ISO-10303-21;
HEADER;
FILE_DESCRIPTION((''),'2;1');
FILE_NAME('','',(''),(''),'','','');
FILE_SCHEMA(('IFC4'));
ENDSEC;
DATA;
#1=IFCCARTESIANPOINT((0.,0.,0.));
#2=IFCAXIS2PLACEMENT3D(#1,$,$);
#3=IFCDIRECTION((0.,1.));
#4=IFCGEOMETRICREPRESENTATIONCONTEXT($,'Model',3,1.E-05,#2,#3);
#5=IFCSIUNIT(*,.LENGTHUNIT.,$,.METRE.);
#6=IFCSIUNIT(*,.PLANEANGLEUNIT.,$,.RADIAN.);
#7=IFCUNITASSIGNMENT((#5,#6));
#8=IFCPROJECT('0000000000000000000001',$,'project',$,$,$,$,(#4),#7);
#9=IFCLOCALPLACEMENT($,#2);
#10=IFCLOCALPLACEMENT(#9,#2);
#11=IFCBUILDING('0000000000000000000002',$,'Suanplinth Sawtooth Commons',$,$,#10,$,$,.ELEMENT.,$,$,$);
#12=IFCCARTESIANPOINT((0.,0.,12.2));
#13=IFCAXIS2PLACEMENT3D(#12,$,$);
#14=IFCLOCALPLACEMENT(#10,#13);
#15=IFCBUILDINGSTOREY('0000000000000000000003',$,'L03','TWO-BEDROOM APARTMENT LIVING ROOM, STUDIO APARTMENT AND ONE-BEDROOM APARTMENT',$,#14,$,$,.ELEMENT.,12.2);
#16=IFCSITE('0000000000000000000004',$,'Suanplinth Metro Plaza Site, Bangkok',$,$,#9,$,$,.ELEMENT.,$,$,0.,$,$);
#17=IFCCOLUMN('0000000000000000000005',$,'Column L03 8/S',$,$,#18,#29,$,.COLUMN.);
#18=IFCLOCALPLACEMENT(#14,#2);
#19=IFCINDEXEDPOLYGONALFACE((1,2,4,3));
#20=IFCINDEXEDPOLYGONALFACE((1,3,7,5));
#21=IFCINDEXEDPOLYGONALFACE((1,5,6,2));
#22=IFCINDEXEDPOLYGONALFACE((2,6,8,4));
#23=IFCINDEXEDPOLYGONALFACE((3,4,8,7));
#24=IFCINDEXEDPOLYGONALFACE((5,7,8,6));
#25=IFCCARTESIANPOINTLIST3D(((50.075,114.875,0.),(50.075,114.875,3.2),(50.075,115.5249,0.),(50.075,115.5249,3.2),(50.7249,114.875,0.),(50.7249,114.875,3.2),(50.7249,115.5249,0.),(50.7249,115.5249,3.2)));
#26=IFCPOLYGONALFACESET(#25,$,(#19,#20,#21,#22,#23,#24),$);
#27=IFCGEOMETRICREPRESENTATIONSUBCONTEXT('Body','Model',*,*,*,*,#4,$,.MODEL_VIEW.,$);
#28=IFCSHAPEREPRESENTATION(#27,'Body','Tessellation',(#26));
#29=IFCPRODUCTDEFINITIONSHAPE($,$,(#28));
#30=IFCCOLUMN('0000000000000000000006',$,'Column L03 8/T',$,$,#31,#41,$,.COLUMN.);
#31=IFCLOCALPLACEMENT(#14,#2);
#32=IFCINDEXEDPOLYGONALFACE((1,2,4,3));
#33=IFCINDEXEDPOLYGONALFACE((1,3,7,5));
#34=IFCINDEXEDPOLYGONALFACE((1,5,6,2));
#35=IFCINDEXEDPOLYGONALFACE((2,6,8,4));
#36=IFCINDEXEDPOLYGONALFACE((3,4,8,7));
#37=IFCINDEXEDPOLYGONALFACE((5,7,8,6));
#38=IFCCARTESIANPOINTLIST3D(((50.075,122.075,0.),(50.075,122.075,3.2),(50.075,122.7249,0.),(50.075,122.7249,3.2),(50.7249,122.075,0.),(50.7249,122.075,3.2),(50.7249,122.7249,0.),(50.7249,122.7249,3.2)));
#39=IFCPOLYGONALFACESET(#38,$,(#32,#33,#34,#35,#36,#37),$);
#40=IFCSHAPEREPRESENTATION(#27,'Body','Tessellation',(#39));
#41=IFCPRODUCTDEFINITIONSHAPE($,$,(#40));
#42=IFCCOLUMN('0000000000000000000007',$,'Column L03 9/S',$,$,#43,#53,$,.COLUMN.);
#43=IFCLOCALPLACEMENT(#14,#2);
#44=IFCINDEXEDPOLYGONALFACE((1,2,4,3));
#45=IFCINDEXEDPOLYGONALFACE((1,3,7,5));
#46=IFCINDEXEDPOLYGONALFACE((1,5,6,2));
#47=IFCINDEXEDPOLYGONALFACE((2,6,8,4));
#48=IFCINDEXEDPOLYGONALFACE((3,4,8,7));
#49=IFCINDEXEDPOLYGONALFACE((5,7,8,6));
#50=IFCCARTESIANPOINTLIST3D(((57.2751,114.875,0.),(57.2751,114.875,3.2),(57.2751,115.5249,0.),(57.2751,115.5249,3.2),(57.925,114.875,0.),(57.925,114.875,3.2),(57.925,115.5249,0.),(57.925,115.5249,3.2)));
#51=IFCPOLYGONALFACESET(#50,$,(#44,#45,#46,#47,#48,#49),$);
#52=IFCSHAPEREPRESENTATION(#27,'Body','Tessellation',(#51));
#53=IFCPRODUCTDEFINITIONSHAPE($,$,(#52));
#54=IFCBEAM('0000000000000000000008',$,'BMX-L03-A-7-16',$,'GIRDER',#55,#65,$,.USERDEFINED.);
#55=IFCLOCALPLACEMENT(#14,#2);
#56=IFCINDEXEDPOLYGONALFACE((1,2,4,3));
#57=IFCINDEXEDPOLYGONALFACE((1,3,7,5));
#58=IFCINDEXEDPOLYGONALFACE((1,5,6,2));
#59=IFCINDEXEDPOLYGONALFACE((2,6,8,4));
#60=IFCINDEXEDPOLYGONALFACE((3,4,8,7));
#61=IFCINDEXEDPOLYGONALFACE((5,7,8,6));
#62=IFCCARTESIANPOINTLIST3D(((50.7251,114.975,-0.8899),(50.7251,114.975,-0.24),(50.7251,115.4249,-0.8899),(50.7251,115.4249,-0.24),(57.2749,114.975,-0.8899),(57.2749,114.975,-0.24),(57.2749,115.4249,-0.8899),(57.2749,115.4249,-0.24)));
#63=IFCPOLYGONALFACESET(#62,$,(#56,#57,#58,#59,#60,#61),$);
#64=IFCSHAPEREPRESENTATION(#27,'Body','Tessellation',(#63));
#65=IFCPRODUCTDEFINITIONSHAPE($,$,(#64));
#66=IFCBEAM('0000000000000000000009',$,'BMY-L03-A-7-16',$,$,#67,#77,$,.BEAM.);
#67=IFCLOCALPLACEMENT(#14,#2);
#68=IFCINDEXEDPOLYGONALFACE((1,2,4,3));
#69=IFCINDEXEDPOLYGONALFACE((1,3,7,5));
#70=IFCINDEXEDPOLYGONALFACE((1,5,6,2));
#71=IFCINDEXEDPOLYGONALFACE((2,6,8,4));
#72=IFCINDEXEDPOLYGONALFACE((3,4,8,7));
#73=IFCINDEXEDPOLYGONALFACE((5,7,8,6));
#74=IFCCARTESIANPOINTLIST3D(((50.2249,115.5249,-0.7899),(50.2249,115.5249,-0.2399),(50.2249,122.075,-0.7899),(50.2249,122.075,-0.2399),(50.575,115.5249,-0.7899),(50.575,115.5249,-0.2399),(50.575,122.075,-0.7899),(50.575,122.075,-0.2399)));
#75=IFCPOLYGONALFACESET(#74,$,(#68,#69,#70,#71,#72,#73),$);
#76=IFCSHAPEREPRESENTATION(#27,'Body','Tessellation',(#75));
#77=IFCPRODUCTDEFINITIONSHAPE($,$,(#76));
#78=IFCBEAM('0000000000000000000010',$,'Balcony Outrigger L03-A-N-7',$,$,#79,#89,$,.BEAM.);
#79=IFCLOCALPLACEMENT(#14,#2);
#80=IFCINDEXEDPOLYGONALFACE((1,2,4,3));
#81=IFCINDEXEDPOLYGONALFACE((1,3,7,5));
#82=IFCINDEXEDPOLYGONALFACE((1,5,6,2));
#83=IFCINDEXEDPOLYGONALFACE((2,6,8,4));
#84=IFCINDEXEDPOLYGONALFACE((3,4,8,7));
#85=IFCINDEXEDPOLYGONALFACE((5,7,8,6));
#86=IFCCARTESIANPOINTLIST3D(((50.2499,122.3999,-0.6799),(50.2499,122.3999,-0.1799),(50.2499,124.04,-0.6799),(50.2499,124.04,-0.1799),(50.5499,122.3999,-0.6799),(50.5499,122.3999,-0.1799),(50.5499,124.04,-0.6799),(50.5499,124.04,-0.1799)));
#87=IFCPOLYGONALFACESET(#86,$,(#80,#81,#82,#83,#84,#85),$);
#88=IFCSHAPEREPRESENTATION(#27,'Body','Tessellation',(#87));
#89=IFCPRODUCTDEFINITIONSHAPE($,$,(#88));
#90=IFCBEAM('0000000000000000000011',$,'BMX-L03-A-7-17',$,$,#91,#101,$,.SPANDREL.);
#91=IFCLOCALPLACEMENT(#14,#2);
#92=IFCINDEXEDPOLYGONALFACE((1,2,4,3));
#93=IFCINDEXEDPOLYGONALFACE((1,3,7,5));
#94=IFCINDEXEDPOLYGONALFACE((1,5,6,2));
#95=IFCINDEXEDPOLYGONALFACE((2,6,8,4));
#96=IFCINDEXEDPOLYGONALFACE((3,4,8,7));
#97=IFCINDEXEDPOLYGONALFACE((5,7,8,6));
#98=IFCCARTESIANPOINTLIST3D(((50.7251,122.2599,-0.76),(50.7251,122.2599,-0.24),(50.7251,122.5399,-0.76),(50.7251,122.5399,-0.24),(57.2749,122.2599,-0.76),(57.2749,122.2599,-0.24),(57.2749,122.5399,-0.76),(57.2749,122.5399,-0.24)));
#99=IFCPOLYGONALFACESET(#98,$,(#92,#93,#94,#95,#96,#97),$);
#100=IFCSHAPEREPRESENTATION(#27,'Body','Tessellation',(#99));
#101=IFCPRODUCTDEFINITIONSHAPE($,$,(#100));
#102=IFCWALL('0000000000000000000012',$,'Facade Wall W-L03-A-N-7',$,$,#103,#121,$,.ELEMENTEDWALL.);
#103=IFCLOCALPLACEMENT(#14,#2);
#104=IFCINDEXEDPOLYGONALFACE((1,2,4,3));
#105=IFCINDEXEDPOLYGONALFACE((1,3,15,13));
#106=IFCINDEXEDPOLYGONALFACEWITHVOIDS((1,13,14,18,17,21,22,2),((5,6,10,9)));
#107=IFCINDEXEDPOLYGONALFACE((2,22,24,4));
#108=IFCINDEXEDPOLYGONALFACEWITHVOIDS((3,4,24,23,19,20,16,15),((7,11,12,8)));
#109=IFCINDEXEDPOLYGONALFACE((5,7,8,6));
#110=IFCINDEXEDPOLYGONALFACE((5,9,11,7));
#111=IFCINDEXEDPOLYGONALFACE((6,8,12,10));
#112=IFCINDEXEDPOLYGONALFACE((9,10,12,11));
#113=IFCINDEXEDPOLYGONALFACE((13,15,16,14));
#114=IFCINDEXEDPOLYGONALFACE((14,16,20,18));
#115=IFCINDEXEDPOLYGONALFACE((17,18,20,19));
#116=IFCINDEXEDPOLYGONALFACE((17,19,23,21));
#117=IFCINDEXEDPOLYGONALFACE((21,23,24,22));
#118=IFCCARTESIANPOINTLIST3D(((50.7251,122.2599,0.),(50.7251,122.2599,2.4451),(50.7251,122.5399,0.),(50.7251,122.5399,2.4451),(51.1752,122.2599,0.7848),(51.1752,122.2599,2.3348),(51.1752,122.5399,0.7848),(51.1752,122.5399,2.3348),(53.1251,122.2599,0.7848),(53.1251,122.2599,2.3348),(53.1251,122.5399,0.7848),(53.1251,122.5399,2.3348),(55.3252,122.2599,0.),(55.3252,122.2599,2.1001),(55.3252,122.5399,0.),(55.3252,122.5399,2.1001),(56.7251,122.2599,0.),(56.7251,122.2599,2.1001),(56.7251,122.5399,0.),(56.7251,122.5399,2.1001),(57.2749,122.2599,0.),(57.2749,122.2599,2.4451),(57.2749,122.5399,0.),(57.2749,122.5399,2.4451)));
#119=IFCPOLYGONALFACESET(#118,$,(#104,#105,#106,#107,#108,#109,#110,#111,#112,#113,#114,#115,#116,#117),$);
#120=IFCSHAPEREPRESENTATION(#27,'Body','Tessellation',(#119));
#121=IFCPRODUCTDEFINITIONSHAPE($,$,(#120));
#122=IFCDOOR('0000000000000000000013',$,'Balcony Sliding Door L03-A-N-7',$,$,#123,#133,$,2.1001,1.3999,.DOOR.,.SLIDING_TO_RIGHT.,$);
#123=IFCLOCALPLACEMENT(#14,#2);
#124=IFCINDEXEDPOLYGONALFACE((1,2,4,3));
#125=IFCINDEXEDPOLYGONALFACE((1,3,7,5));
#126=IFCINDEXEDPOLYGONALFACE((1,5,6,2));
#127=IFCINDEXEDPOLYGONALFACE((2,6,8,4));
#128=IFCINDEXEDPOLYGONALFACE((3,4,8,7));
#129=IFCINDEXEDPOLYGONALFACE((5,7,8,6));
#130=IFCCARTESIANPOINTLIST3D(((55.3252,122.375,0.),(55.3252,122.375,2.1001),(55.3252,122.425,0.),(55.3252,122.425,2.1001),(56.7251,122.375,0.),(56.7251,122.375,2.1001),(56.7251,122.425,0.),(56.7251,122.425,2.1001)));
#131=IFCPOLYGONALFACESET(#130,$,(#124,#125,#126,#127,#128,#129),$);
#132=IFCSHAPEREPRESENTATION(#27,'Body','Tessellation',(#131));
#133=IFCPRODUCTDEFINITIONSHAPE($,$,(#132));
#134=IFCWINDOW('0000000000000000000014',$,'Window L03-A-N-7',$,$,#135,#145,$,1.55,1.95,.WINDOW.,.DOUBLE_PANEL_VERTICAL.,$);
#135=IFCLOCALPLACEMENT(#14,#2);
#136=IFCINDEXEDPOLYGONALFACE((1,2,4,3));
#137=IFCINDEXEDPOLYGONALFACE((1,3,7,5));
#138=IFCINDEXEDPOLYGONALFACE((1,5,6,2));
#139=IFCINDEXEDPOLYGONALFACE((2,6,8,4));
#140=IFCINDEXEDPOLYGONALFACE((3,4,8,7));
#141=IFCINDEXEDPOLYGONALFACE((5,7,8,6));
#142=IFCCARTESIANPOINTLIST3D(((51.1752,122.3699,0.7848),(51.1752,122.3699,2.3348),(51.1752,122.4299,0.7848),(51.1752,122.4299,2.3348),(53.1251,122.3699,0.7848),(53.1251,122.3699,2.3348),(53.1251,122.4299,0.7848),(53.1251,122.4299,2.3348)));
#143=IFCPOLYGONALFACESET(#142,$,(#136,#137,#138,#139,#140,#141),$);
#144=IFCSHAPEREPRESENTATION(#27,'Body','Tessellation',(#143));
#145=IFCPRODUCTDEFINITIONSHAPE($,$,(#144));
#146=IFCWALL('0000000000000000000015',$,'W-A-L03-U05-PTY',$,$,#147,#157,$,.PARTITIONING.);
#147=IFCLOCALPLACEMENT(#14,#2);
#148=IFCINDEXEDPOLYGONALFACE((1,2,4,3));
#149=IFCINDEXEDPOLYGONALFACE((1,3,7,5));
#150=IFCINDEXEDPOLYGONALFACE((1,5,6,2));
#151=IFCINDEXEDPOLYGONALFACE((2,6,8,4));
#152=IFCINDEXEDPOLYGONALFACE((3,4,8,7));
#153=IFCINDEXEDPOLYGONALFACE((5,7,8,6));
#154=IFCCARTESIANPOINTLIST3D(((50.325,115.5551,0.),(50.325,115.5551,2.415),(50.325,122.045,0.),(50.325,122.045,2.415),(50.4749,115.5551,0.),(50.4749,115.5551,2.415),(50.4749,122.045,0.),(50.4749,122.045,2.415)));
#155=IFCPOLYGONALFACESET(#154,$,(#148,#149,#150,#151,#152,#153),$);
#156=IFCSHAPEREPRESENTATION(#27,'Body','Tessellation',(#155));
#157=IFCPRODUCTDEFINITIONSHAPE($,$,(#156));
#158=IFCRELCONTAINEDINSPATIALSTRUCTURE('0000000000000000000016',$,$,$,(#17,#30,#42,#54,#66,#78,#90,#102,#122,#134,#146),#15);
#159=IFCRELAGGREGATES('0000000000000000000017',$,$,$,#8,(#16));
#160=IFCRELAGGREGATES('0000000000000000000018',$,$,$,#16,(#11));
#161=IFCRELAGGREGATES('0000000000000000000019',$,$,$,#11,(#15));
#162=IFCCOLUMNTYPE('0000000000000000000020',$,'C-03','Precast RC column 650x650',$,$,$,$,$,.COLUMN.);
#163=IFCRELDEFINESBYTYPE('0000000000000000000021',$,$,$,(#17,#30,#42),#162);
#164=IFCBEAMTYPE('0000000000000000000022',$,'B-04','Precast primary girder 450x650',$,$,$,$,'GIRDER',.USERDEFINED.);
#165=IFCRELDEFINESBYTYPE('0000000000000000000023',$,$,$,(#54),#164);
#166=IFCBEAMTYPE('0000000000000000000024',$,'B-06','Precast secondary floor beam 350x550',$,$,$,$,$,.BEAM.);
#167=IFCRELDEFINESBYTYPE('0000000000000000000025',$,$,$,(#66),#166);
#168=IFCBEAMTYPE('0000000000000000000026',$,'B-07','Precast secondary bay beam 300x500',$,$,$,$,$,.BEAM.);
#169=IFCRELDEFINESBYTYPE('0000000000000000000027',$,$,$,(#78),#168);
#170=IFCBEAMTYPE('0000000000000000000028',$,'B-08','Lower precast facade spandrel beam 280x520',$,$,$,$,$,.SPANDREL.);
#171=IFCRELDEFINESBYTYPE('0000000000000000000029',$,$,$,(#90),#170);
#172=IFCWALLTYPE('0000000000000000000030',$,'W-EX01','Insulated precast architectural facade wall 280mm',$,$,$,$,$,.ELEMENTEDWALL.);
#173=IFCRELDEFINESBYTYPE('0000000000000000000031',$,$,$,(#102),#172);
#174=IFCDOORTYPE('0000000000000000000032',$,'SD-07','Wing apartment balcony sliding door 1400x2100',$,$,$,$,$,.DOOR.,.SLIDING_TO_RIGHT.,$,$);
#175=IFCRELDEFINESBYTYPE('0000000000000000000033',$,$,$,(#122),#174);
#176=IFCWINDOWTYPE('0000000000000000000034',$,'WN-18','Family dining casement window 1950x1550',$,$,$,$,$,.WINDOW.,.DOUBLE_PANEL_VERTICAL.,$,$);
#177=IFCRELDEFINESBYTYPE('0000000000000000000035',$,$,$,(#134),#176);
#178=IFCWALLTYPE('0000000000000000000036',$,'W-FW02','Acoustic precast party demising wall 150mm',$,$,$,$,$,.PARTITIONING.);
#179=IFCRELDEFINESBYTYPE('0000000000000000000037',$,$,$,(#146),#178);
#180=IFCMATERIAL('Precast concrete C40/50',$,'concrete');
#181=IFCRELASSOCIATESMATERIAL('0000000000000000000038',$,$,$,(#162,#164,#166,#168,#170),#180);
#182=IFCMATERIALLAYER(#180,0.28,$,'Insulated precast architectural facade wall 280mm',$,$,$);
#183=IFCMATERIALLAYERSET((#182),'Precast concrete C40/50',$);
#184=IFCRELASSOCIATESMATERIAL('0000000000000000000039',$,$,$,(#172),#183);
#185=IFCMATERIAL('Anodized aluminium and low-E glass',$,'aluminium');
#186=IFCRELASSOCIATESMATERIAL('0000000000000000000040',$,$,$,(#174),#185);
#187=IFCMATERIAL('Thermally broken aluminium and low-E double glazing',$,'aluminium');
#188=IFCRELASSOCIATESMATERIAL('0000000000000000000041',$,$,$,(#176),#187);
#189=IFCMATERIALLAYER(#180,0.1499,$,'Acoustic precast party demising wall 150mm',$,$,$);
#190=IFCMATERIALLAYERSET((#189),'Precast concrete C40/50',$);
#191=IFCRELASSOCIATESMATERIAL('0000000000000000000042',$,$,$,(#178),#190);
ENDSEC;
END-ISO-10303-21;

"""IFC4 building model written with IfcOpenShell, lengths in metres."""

from ifc_helpers import new_model, si_unit, direction, frame, frame_2d, origin, origin_2d, place, context, subcontext, project, spatial, rectangle, extrude, material, layer, layer_set, material_profile, profile_set, type_object, element, fill, save


model = new_model("IFC4")

# Units and contexts
model_context = context("Model", 3, precision=1e-05, world=origin(), true_north=direction((0.0, 1.0)))
body_context = subcontext(model_context, "Body", "Model", "MODEL_VIEW")
ifc_project = project(units=[si_unit("LENGTHUNIT", "METRE"), si_unit("PLANEANGLEUNIT", "RADIAN")], contexts=[model_context])

# Site, building, storey
site_placement = place(None, origin())
site = spatial("IfcSite", under=ifc_project, at=site_placement, Name="Suanplinth Metro Plaza Site, Bangkok", CompositionType="ELEMENT", RefElevation=0.0)
building_placement = place(site_placement, origin())
building = spatial("IfcBuilding", under=site, at=building_placement, Name="Suanplinth Sawtooth Commons", CompositionType="ELEMENT")
storey_placement = place(building_placement, frame((0.0, 0.0, 12.2)))
storey = spatial("IfcBuildingStorey", under=building, at=storey_placement, Name="L03", Description="TWO-BEDROOM APARTMENT LIVING ROOM, STUDIO APARTMENT AND ONE-BEDROOM APARTMENT", CompositionType="ELEMENT", Elevation=12.2)

# Columns
ifc_material_1 = material(Name="Precast concrete C40/50", Category="concrete")
ifc_material_profile_1 = material_profile(ifc_material_1, rectangle(XDim=0.6499, YDim=0.6499, at=origin_2d()), Name="PC-COL 650x650")
ifc_profile_set_1 = profile_set([ifc_material_profile_1], Name="Precast concrete C40/50")
column_type = type_object("IfcColumnType", Name="C-03", Description="Precast RC column 650x650", PredefinedType="COLUMN", material=ifc_profile_set_1)
for number, where, z_axis, x_axis, name in (
    (1, (50.3999, 115.2, 0.0), (0.0, 0.0, 1.0), (1.0, 0.0, 0.0), "Column L03 8/S"),
    (2, (50.3999, 122.3999, 0.0), (0.0, 0.0, 1.0), (1.0, 0.0, 0.0), "Column L03 8/T"),
    (3, (57.6001, 115.2, 0.0), (0.0, 0.0, 1.0), (1.0, 0.0, 0.0), "Column L03 9/S"),
):
    element("IfcColumn", number, at=place(storey_placement, frame(where, z_axis=z_axis, x_axis=x_axis)), inside=storey, type_object=column_type, Name=name, PredefinedType="COLUMN", context=body_context, shape_type="SweptSolid", body=[
        extrude(rectangle(XDim=0.6499, YDim=0.6499, at=origin_2d()), origin(), (0.0, 0.0, 1.0), 3.2),
    ])

# Beams
ifc_material_profile_2 = material_profile(ifc_material_1, rectangle(XDim=0.45, YDim=0.6499, at=origin_2d()), Name="PC-GDR 450x650")
ifc_profile_set_2 = profile_set([ifc_material_profile_2], Name="Precast concrete C40/50")
beam_type_1 = type_object("IfcBeamType", Name="B-04", Description="Precast primary girder 450x650", ElementType="GIRDER", PredefinedType="USERDEFINED", material=ifc_profile_set_2)
beam_1_placement = place(storey_placement, frame((50.7251, 115.2, -0.5649), z_axis=(1.0, 0.0, 0.0), x_axis=(0.0, 1.0, 0.0)))
element("IfcBeam", 4, at=beam_1_placement, inside=storey, type_object=beam_type_1, Name="BMX-L03-A-7-16", ObjectType="GIRDER", PredefinedType="USERDEFINED", context=body_context, shape_type="SweptSolid", body=[
    extrude(rectangle(XDim=0.45, YDim=0.6499, at=origin_2d()), origin(), (0.0, 0.0, 1.0), 6.5498),
])
ifc_material_profile_3 = material_profile(ifc_material_1, rectangle(XDim=0.3501, YDim=0.55, at=origin_2d()), Name="PC-BM 350x550")
ifc_profile_set_3 = profile_set([ifc_material_profile_3], Name="Precast concrete C40/50")
beam_type_2 = type_object("IfcBeamType", Name="B-06", Description="Precast secondary floor beam 350x550", PredefinedType="BEAM", material=ifc_profile_set_3)
beam_2_placement = place(storey_placement, frame((50.3999, 115.5249, -0.5149), z_axis=(0.0, 1.0, 0.0), x_axis=(-1.0, 0.0, 0.0)))
element("IfcBeam", 5, at=beam_2_placement, inside=storey, type_object=beam_type_2, Name="BMY-L03-A-7-16", PredefinedType="BEAM", context=body_context, shape_type="SweptSolid", body=[
    extrude(rectangle(XDim=0.3501, YDim=0.55, at=origin_2d()), origin(), (0.0, 0.0, 1.0), 6.55),
])
ifc_material_profile_4 = material_profile(ifc_material_1, rectangle(XDim=0.3, YDim=0.5, at=origin_2d()), Name="PC-BM 300x500")
ifc_profile_set_4 = profile_set([ifc_material_profile_4], Name="Precast concrete C40/50")
beam_type_3 = type_object("IfcBeamType", Name="B-07", Description="Precast secondary bay beam 300x500", PredefinedType="BEAM", material=ifc_profile_set_4)
beam_3_placement = place(storey_placement, frame((50.3999, 122.3999, -0.4299), z_axis=(0.0, 1.0, 0.0), x_axis=(-1.0, 0.0, 0.0)))
element("IfcBeam", 6, at=beam_3_placement, inside=storey, type_object=beam_type_3, Name="Balcony Outrigger L03-A-N-7", PredefinedType="BEAM", context=body_context, shape_type="SweptSolid", body=[
    extrude(rectangle(XDim=0.3, YDim=0.5, at=origin_2d()), origin(), (0.0, 0.0, 1.0), 1.6401),
])
ifc_material_profile_5 = material_profile(ifc_material_1, rectangle(XDim=0.28, YDim=0.52, at=origin_2d()), Name="PC-SP 280x520")
ifc_profile_set_5 = profile_set([ifc_material_profile_5], Name="Precast concrete C40/50")
beam_type_4 = type_object("IfcBeamType", Name="B-08", Description="Lower precast facade spandrel beam 280x520", PredefinedType="SPANDREL", material=ifc_profile_set_5)
beam_4_placement = place(storey_placement, frame((50.7251, 122.3999, -0.5), z_axis=(1.0, 0.0, 0.0), x_axis=(0.0, 1.0, 0.0)))
element("IfcBeam", 7, at=beam_4_placement, inside=storey, type_object=beam_type_4, Name="BMX-L03-A-7-17", PredefinedType="SPANDREL", context=body_context, shape_type="SweptSolid", body=[
    extrude(rectangle(XDim=0.28, YDim=0.52, at=origin_2d()), origin(), (0.0, 0.0, 1.0), 6.5498),
])

# Wall, openings, door, window
ifc_layer_1 = layer(ifc_material_1, 0.28, Name="Insulated precast architectural facade wall 280mm")
ifc_layer_set_1 = layer_set([ifc_layer_1], Name="Precast concrete C40/50")
wall_type_1 = type_object("IfcWallType", Name="W-EX01", Description="Insulated precast architectural facade wall 280mm", PredefinedType="ELEMENTEDWALL", material=ifc_layer_set_1)
wall_1_placement = place(storey_placement, frame((50.7251, 122.3999, 0.0), z_axis=(0.0, 0.0, 1.0), x_axis=(1.0, 0.0, 0.0)))
wall_1 = element("IfcWall", 8, at=wall_1_placement, inside=storey, type_object=wall_type_1, Name="Facade Wall W-L03-A-N-7", PredefinedType="ELEMENTEDWALL", context=body_context, shape_type="SweptSolid", body=[
    extrude(rectangle(XDim=6.5498, YDim=0.28, at=frame_2d((3.2749, 0.0))), origin(), (0.0, 0.0, 1.0), 2.4451),
])
opening_1_placement = place(wall_1_placement, frame((4.6001, 0.0, 0.0)))
opening_1 = element("IfcOpeningElement", 9, at=opening_1_placement, cuts=wall_1, PredefinedType="OPENING", context=body_context, shape_type="SweptSolid", body=[
    extrude(rectangle(XDim=1.3999, YDim=2.1001, at=frame_2d((0.7, 1.05))), frame((0.0, 0.1548, 0.0), z_axis=(0.0, -1.0, 0.0), x_axis=(1.0, 0.0, 0.0)), (0.0, 0.0, 1.0), 0.3098),
])
opening_2_placement = place(wall_1_placement, frame((0.45, 0.0, 0.7849)))
opening_2 = element("IfcOpeningElement", 10, at=opening_2_placement, cuts=wall_1, PredefinedType="OPENING", context=body_context, shape_type="SweptSolid", body=[
    extrude(rectangle(XDim=1.95, YDim=1.55, at=frame_2d((0.9751, 0.7749))), frame((0.0, 0.1548, 0.0), z_axis=(0.0, -1.0, 0.0), x_axis=(1.0, 0.0, 0.0)), (0.0, 0.0, 1.0), 0.3098),
])
ifc_material_2 = material(Name="Anodized aluminium and low-E glass", Category="aluminium")
door_type_1 = type_object("IfcDoorType", Name="SD-07", Description="Wing apartment balcony sliding door 1400x2100", OperationType="SLIDING_TO_RIGHT", PredefinedType="DOOR", material=ifc_material_2)
door_1_placement = place(opening_1_placement, frame((1.3999, 0.0, 0.0), z_axis=(0.0, 0.0, 1.0), x_axis=(-1.0, 0.0, 0.0)))
door_1 = element("IfcDoor", 11, at=door_1_placement, inside=storey, type_object=door_type_1, Name="Balcony Sliding Door L03-A-N-7", OperationType="SLIDING_TO_RIGHT", OverallHeight=2.1001, OverallWidth=1.3999, PredefinedType="DOOR", context=body_context, shape_type="SweptSolid", body=[
    extrude(rectangle(XDim=1.3999, YDim=2.1001, at=frame_2d((0.7, 1.05))), frame((0.0, 0.0249, 0.0), z_axis=(0.0, -1.0, 0.0), x_axis=(1.0, 0.0, 0.0)), (0.0, 0.0, 1.0), 0.05),
])
fill(opening_1, door_1)
ifc_material_3 = material(Name="Thermally broken aluminium and low-E double glazing", Category="aluminium")
window_type = type_object("IfcWindowType", Name="WN-18", Description="Family dining casement window 1950x1550", PartitioningType="DOUBLE_PANEL_VERTICAL", PredefinedType="WINDOW", material=ifc_material_3)
window_placement = place(opening_2_placement, origin())
window = element("IfcWindow", 12, at=window_placement, inside=storey, type_object=window_type, Name="Window L03-A-N-7", OverallHeight=1.55, OverallWidth=1.95, PartitioningType="DOUBLE_PANEL_VERTICAL", PredefinedType="WINDOW", context=body_context, shape_type="SweptSolid", body=[
    extrude(rectangle(XDim=1.95, YDim=1.55, at=frame_2d((0.9751, 0.7749))), frame((0.0, 0.03, 0.0), z_axis=(0.0, -1.0, 0.0), x_axis=(1.0, 0.0, 0.0)), (0.0, 0.0, 1.0), 0.0601),
])
fill(opening_2, window)

# Wall
ifc_layer_2 = layer(ifc_material_1, 0.1499, Name="Acoustic precast party demising wall 150mm")
ifc_layer_set_2 = layer_set([ifc_layer_2], Name="Precast concrete C40/50")
wall_type_2 = type_object("IfcWallType", Name="W-FW02", Description="Acoustic precast party demising wall 150mm", PredefinedType="PARTITIONING", material=ifc_layer_set_2)
wall_2_placement = place(storey_placement, frame((50.3999, 115.5549, 0.0), z_axis=(0.0, 0.0, 1.0), x_axis=(0.0, 1.0, 0.0)))
element("IfcWall", 13, at=wall_2_placement, inside=storey, type_object=wall_type_2, Name="W-A-L03-U05-PTY", PredefinedType="PARTITIONING", context=body_context, shape_type="SweptSolid", body=[
    extrude(rectangle(XDim=6.49, YDim=0.1499, at=frame_2d((3.2451, 0.0))), origin(), (0.0, 0.0, 1.0), 2.415),
])

save(model, "model.ifc")
